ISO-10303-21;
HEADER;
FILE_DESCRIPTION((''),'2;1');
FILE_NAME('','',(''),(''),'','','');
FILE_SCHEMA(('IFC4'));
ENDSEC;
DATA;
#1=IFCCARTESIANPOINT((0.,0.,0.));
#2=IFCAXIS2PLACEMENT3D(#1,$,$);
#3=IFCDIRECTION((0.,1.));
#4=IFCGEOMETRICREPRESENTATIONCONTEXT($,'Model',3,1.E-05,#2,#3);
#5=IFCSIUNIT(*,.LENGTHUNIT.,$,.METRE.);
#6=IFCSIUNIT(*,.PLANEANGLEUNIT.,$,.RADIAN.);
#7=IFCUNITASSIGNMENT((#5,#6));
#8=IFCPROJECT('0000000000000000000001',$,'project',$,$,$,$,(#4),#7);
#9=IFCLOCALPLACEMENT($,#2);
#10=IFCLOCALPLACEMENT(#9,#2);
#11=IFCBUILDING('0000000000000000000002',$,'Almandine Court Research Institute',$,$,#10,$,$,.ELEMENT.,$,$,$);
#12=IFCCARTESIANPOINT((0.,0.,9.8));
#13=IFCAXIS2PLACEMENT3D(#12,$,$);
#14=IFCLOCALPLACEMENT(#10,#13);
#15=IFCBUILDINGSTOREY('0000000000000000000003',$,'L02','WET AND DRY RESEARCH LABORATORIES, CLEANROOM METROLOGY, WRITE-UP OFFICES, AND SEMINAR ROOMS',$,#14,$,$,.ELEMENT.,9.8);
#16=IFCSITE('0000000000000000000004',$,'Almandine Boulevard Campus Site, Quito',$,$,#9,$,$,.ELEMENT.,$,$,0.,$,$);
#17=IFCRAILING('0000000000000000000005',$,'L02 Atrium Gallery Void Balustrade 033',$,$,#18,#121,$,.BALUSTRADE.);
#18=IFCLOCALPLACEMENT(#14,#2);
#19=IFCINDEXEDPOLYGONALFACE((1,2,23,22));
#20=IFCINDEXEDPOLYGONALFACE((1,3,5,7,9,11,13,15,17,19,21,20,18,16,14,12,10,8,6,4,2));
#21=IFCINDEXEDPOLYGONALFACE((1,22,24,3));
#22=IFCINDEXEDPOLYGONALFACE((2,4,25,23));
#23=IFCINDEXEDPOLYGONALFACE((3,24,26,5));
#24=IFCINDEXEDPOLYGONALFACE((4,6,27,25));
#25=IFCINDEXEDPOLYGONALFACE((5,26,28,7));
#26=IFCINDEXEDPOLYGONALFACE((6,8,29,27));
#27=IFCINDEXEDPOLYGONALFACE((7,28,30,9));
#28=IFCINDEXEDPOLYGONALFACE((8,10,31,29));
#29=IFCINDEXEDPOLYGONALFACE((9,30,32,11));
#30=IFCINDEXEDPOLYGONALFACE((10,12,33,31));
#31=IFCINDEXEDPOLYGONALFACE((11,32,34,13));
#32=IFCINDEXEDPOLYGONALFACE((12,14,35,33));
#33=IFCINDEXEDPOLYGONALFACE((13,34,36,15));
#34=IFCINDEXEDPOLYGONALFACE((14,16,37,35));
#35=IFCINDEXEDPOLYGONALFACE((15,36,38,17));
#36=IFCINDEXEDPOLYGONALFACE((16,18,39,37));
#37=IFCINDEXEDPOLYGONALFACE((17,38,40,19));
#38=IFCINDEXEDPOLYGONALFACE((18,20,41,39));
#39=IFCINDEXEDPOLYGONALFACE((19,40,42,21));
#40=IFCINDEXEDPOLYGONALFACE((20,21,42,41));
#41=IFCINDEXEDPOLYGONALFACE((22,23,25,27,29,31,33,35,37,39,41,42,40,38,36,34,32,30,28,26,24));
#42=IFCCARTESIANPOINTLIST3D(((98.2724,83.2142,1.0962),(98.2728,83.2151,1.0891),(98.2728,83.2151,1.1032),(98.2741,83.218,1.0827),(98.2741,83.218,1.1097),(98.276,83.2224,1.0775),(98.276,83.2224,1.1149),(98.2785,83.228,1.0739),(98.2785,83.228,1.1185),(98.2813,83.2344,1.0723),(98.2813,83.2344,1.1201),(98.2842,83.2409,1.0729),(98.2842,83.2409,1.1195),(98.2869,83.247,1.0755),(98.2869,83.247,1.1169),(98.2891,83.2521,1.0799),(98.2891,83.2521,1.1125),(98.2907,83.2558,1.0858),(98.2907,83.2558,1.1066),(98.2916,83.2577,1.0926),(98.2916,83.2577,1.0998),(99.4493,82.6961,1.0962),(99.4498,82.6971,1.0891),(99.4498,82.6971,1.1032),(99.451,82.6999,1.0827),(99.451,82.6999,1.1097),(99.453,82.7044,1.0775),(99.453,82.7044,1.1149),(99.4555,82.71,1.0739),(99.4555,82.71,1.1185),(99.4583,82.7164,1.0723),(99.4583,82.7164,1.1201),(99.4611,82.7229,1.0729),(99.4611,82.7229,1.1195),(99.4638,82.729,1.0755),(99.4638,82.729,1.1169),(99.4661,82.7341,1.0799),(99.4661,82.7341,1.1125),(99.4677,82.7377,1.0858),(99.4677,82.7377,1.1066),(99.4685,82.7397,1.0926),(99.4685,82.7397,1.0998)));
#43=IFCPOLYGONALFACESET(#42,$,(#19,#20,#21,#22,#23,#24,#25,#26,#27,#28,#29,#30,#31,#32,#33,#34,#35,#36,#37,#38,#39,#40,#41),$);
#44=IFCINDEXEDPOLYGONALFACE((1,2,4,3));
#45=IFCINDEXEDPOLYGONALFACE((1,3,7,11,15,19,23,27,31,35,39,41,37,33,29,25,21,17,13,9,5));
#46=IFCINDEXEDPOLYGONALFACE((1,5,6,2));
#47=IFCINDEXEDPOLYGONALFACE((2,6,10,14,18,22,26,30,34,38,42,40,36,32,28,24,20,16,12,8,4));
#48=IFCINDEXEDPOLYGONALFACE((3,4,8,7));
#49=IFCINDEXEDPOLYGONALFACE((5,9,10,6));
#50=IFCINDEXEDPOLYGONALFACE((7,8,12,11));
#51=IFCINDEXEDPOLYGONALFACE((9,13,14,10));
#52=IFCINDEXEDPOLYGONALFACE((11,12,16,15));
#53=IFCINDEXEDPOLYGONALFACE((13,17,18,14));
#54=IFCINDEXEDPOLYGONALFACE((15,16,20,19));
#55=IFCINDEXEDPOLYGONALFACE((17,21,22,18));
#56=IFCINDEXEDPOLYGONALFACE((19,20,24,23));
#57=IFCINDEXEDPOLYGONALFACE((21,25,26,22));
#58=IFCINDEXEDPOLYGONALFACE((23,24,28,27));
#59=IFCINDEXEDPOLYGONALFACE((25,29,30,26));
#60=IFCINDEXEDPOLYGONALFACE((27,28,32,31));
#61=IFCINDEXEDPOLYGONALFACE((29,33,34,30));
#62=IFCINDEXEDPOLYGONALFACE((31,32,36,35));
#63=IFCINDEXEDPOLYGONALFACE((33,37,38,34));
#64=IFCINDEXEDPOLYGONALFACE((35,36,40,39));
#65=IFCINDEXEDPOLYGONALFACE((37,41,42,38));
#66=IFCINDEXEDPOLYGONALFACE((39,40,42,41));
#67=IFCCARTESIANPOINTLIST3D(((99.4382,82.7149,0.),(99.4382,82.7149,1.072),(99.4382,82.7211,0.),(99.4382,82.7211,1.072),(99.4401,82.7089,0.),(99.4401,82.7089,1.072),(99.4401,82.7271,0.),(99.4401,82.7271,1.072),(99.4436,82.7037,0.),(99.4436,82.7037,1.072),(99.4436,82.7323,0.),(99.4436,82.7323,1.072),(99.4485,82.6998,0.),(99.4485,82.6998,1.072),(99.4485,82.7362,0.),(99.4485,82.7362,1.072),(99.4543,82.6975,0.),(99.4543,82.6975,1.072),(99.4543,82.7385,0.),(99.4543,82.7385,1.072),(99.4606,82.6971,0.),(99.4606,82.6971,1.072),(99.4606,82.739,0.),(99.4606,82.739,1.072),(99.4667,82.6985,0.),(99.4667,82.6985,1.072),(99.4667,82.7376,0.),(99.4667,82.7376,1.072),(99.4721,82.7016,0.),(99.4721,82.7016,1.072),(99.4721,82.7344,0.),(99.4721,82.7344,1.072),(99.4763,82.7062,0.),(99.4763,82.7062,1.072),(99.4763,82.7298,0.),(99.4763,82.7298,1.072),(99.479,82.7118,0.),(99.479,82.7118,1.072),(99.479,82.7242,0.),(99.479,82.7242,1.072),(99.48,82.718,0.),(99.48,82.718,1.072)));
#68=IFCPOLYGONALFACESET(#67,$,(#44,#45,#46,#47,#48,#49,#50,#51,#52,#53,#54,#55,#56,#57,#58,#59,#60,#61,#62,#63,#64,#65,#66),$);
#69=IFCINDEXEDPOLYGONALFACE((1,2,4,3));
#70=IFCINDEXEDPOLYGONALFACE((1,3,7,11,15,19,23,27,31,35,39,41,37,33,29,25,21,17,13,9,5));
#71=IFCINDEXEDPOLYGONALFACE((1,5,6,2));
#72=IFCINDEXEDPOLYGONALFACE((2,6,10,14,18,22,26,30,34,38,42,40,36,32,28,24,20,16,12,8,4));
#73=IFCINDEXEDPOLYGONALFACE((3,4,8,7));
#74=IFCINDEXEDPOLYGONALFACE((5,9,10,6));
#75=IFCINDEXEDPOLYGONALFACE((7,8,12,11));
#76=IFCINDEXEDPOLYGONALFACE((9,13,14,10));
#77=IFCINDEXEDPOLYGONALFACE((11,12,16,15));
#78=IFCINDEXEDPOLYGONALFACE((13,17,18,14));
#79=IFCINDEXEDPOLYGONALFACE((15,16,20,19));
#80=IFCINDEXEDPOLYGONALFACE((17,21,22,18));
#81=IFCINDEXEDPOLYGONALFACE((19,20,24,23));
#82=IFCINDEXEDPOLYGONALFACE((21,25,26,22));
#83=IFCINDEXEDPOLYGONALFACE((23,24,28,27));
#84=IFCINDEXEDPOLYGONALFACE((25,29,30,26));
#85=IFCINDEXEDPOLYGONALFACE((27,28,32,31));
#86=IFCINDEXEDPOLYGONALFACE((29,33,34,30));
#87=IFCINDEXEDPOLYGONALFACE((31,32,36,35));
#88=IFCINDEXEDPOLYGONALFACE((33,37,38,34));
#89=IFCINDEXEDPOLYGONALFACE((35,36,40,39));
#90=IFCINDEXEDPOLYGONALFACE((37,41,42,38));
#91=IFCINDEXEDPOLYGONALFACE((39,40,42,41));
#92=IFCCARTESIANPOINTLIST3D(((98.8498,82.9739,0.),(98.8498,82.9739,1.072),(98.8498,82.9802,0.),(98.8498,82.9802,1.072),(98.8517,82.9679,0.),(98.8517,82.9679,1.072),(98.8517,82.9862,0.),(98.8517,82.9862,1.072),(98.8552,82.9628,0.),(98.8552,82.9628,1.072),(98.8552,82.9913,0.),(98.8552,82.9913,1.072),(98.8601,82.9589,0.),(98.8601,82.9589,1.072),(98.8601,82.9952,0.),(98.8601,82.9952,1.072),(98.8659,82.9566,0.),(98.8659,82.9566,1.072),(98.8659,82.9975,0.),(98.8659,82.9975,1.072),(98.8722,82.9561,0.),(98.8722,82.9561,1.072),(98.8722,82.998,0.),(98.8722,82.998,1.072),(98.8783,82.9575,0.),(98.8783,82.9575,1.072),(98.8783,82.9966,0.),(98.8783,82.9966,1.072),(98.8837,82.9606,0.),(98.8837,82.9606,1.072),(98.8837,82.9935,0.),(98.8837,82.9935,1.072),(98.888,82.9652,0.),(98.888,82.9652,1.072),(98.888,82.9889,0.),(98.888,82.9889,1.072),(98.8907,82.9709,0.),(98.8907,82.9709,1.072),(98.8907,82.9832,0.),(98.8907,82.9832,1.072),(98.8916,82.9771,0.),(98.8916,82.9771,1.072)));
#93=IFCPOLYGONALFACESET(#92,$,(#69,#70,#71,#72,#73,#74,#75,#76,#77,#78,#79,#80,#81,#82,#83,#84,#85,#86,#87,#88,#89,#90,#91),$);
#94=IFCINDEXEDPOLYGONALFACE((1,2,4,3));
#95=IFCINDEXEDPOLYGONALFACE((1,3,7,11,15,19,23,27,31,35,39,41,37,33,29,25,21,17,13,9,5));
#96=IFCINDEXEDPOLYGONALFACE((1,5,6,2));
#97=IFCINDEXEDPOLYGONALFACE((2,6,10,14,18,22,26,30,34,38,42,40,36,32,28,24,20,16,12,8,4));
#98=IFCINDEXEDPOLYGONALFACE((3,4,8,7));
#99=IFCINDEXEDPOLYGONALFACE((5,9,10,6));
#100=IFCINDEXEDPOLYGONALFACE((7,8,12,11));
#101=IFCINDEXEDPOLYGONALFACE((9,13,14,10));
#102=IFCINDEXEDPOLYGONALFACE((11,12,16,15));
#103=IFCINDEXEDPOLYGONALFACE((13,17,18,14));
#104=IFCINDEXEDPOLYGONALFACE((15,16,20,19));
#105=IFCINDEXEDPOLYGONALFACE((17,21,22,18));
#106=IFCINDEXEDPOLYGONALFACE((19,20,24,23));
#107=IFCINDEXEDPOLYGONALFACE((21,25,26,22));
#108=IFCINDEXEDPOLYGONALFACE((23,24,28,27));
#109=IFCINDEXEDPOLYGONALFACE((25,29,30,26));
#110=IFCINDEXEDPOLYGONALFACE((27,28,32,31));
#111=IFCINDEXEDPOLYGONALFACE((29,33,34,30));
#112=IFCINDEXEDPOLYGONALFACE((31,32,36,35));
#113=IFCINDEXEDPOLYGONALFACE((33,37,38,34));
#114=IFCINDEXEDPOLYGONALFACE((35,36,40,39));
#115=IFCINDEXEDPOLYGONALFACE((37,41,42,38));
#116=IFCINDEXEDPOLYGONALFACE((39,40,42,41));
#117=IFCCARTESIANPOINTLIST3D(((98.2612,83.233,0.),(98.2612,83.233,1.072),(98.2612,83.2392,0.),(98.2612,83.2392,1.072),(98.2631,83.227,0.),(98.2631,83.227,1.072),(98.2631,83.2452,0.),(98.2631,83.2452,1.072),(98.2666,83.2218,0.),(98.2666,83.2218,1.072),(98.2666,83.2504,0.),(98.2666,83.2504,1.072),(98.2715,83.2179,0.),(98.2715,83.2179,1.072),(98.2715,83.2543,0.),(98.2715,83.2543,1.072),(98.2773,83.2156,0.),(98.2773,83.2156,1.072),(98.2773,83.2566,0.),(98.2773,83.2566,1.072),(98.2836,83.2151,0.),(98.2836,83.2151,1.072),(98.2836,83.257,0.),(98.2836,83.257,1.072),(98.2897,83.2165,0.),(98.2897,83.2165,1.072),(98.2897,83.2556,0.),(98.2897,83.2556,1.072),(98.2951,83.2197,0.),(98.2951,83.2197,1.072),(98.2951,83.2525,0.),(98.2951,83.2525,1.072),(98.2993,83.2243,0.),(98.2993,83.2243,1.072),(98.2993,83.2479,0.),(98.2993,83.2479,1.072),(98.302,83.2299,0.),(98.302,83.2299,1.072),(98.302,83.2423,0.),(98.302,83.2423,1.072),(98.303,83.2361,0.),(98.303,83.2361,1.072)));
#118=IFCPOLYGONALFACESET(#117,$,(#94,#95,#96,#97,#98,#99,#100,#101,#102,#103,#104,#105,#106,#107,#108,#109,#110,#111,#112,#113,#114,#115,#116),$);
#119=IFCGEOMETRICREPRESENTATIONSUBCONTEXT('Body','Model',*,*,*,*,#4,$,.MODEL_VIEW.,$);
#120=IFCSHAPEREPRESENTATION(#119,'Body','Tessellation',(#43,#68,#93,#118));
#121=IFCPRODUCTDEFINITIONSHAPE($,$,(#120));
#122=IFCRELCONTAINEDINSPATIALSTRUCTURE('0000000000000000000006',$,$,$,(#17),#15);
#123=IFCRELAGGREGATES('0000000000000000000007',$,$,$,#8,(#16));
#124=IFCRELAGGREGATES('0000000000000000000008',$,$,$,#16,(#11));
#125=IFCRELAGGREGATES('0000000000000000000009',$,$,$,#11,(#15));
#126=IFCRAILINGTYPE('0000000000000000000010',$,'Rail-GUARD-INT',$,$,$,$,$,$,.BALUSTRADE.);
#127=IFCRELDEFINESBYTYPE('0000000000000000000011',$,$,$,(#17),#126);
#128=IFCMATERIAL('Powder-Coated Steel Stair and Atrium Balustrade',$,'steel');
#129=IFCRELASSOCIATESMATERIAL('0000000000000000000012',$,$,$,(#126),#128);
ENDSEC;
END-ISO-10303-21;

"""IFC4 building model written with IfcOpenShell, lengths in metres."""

from ifc_helpers import new_model, si_unit, direction, frame, origin, origin_2d, place, context, subcontext, project, spatial, circle, extrude, material, type_object, element, save


model = new_model("IFC4")

# Units and contexts
model_context = context("Model", 3, precision=1e-05, world=origin(), true_north=direction((0.0, 1.0)))
body_context = subcontext(model_context, "Body", "Model", "MODEL_VIEW")
ifc_project = project(units=[si_unit("LENGTHUNIT", "METRE"), si_unit("PLANEANGLEUNIT", "RADIAN")], contexts=[model_context])

# Site, building, storey
site_placement = place(None, origin())
site = spatial("IfcSite", under=ifc_project, at=site_placement, Name="Almandine Boulevard Campus Site, Quito", CompositionType="ELEMENT", RefElevation=0.0)
building_placement = place(site_placement, origin())
building = spatial("IfcBuilding", under=site, at=building_placement, Name="Almandine Court Research Institute", CompositionType="ELEMENT")
storey_placement = place(building_placement, frame((0.0, 0.0, 9.8)))
storey = spatial("IfcBuildingStorey", under=building, at=storey_placement, Name="L02", Description="WET AND DRY RESEARCH LABORATORIES, CLEANROOM METROLOGY, WRITE-UP OFFICES, AND SEMINAR ROOMS", CompositionType="ELEMENT", Elevation=9.8)

# Railing
ifc_material_1 = material(Name="Powder-Coated Steel Stair and Atrium Balustrade", Category="steel")
railing_type = type_object("IfcRailingType", Name="Rail-GUARD-INT", PredefinedType="BALUSTRADE", material=ifc_material_1)
railing_1_placement = place(storey_placement, frame((99.459, 82.718, 0.0)))
element("IfcRailing", 1, at=railing_1_placement, inside=storey, type_object=railing_type, Name="L02 Atrium Gallery Void Balustrade 033", PredefinedType="BALUSTRADE", context=body_context, shape_type="SweptSolid", body=[
    extrude(circle(Radius=0.0239, at=origin_2d()), frame((0.0, 0.0, 1.0962), z_axis=(-0.915262, 0.402859, 0.0), x_axis=(-0.402859, -0.915262, 0.0)), (0.0, 0.0, 1.0), 1.2859),
    extrude(circle(Radius=0.021, at=origin_2d()), origin(), (0.0, 0.0, 1.0), 1.072),
    extrude(circle(Radius=0.021, at=origin_2d()), frame((-0.5884, 0.259, 0.0)), (0.0, 0.0, 1.0), 1.072),
    extrude(circle(Radius=0.021, at=origin_2d()), frame((-1.177, 0.5181, 0.0)), (0.0, 0.0, 1.0), 1.072),
])

save(model, "model.ifc")
